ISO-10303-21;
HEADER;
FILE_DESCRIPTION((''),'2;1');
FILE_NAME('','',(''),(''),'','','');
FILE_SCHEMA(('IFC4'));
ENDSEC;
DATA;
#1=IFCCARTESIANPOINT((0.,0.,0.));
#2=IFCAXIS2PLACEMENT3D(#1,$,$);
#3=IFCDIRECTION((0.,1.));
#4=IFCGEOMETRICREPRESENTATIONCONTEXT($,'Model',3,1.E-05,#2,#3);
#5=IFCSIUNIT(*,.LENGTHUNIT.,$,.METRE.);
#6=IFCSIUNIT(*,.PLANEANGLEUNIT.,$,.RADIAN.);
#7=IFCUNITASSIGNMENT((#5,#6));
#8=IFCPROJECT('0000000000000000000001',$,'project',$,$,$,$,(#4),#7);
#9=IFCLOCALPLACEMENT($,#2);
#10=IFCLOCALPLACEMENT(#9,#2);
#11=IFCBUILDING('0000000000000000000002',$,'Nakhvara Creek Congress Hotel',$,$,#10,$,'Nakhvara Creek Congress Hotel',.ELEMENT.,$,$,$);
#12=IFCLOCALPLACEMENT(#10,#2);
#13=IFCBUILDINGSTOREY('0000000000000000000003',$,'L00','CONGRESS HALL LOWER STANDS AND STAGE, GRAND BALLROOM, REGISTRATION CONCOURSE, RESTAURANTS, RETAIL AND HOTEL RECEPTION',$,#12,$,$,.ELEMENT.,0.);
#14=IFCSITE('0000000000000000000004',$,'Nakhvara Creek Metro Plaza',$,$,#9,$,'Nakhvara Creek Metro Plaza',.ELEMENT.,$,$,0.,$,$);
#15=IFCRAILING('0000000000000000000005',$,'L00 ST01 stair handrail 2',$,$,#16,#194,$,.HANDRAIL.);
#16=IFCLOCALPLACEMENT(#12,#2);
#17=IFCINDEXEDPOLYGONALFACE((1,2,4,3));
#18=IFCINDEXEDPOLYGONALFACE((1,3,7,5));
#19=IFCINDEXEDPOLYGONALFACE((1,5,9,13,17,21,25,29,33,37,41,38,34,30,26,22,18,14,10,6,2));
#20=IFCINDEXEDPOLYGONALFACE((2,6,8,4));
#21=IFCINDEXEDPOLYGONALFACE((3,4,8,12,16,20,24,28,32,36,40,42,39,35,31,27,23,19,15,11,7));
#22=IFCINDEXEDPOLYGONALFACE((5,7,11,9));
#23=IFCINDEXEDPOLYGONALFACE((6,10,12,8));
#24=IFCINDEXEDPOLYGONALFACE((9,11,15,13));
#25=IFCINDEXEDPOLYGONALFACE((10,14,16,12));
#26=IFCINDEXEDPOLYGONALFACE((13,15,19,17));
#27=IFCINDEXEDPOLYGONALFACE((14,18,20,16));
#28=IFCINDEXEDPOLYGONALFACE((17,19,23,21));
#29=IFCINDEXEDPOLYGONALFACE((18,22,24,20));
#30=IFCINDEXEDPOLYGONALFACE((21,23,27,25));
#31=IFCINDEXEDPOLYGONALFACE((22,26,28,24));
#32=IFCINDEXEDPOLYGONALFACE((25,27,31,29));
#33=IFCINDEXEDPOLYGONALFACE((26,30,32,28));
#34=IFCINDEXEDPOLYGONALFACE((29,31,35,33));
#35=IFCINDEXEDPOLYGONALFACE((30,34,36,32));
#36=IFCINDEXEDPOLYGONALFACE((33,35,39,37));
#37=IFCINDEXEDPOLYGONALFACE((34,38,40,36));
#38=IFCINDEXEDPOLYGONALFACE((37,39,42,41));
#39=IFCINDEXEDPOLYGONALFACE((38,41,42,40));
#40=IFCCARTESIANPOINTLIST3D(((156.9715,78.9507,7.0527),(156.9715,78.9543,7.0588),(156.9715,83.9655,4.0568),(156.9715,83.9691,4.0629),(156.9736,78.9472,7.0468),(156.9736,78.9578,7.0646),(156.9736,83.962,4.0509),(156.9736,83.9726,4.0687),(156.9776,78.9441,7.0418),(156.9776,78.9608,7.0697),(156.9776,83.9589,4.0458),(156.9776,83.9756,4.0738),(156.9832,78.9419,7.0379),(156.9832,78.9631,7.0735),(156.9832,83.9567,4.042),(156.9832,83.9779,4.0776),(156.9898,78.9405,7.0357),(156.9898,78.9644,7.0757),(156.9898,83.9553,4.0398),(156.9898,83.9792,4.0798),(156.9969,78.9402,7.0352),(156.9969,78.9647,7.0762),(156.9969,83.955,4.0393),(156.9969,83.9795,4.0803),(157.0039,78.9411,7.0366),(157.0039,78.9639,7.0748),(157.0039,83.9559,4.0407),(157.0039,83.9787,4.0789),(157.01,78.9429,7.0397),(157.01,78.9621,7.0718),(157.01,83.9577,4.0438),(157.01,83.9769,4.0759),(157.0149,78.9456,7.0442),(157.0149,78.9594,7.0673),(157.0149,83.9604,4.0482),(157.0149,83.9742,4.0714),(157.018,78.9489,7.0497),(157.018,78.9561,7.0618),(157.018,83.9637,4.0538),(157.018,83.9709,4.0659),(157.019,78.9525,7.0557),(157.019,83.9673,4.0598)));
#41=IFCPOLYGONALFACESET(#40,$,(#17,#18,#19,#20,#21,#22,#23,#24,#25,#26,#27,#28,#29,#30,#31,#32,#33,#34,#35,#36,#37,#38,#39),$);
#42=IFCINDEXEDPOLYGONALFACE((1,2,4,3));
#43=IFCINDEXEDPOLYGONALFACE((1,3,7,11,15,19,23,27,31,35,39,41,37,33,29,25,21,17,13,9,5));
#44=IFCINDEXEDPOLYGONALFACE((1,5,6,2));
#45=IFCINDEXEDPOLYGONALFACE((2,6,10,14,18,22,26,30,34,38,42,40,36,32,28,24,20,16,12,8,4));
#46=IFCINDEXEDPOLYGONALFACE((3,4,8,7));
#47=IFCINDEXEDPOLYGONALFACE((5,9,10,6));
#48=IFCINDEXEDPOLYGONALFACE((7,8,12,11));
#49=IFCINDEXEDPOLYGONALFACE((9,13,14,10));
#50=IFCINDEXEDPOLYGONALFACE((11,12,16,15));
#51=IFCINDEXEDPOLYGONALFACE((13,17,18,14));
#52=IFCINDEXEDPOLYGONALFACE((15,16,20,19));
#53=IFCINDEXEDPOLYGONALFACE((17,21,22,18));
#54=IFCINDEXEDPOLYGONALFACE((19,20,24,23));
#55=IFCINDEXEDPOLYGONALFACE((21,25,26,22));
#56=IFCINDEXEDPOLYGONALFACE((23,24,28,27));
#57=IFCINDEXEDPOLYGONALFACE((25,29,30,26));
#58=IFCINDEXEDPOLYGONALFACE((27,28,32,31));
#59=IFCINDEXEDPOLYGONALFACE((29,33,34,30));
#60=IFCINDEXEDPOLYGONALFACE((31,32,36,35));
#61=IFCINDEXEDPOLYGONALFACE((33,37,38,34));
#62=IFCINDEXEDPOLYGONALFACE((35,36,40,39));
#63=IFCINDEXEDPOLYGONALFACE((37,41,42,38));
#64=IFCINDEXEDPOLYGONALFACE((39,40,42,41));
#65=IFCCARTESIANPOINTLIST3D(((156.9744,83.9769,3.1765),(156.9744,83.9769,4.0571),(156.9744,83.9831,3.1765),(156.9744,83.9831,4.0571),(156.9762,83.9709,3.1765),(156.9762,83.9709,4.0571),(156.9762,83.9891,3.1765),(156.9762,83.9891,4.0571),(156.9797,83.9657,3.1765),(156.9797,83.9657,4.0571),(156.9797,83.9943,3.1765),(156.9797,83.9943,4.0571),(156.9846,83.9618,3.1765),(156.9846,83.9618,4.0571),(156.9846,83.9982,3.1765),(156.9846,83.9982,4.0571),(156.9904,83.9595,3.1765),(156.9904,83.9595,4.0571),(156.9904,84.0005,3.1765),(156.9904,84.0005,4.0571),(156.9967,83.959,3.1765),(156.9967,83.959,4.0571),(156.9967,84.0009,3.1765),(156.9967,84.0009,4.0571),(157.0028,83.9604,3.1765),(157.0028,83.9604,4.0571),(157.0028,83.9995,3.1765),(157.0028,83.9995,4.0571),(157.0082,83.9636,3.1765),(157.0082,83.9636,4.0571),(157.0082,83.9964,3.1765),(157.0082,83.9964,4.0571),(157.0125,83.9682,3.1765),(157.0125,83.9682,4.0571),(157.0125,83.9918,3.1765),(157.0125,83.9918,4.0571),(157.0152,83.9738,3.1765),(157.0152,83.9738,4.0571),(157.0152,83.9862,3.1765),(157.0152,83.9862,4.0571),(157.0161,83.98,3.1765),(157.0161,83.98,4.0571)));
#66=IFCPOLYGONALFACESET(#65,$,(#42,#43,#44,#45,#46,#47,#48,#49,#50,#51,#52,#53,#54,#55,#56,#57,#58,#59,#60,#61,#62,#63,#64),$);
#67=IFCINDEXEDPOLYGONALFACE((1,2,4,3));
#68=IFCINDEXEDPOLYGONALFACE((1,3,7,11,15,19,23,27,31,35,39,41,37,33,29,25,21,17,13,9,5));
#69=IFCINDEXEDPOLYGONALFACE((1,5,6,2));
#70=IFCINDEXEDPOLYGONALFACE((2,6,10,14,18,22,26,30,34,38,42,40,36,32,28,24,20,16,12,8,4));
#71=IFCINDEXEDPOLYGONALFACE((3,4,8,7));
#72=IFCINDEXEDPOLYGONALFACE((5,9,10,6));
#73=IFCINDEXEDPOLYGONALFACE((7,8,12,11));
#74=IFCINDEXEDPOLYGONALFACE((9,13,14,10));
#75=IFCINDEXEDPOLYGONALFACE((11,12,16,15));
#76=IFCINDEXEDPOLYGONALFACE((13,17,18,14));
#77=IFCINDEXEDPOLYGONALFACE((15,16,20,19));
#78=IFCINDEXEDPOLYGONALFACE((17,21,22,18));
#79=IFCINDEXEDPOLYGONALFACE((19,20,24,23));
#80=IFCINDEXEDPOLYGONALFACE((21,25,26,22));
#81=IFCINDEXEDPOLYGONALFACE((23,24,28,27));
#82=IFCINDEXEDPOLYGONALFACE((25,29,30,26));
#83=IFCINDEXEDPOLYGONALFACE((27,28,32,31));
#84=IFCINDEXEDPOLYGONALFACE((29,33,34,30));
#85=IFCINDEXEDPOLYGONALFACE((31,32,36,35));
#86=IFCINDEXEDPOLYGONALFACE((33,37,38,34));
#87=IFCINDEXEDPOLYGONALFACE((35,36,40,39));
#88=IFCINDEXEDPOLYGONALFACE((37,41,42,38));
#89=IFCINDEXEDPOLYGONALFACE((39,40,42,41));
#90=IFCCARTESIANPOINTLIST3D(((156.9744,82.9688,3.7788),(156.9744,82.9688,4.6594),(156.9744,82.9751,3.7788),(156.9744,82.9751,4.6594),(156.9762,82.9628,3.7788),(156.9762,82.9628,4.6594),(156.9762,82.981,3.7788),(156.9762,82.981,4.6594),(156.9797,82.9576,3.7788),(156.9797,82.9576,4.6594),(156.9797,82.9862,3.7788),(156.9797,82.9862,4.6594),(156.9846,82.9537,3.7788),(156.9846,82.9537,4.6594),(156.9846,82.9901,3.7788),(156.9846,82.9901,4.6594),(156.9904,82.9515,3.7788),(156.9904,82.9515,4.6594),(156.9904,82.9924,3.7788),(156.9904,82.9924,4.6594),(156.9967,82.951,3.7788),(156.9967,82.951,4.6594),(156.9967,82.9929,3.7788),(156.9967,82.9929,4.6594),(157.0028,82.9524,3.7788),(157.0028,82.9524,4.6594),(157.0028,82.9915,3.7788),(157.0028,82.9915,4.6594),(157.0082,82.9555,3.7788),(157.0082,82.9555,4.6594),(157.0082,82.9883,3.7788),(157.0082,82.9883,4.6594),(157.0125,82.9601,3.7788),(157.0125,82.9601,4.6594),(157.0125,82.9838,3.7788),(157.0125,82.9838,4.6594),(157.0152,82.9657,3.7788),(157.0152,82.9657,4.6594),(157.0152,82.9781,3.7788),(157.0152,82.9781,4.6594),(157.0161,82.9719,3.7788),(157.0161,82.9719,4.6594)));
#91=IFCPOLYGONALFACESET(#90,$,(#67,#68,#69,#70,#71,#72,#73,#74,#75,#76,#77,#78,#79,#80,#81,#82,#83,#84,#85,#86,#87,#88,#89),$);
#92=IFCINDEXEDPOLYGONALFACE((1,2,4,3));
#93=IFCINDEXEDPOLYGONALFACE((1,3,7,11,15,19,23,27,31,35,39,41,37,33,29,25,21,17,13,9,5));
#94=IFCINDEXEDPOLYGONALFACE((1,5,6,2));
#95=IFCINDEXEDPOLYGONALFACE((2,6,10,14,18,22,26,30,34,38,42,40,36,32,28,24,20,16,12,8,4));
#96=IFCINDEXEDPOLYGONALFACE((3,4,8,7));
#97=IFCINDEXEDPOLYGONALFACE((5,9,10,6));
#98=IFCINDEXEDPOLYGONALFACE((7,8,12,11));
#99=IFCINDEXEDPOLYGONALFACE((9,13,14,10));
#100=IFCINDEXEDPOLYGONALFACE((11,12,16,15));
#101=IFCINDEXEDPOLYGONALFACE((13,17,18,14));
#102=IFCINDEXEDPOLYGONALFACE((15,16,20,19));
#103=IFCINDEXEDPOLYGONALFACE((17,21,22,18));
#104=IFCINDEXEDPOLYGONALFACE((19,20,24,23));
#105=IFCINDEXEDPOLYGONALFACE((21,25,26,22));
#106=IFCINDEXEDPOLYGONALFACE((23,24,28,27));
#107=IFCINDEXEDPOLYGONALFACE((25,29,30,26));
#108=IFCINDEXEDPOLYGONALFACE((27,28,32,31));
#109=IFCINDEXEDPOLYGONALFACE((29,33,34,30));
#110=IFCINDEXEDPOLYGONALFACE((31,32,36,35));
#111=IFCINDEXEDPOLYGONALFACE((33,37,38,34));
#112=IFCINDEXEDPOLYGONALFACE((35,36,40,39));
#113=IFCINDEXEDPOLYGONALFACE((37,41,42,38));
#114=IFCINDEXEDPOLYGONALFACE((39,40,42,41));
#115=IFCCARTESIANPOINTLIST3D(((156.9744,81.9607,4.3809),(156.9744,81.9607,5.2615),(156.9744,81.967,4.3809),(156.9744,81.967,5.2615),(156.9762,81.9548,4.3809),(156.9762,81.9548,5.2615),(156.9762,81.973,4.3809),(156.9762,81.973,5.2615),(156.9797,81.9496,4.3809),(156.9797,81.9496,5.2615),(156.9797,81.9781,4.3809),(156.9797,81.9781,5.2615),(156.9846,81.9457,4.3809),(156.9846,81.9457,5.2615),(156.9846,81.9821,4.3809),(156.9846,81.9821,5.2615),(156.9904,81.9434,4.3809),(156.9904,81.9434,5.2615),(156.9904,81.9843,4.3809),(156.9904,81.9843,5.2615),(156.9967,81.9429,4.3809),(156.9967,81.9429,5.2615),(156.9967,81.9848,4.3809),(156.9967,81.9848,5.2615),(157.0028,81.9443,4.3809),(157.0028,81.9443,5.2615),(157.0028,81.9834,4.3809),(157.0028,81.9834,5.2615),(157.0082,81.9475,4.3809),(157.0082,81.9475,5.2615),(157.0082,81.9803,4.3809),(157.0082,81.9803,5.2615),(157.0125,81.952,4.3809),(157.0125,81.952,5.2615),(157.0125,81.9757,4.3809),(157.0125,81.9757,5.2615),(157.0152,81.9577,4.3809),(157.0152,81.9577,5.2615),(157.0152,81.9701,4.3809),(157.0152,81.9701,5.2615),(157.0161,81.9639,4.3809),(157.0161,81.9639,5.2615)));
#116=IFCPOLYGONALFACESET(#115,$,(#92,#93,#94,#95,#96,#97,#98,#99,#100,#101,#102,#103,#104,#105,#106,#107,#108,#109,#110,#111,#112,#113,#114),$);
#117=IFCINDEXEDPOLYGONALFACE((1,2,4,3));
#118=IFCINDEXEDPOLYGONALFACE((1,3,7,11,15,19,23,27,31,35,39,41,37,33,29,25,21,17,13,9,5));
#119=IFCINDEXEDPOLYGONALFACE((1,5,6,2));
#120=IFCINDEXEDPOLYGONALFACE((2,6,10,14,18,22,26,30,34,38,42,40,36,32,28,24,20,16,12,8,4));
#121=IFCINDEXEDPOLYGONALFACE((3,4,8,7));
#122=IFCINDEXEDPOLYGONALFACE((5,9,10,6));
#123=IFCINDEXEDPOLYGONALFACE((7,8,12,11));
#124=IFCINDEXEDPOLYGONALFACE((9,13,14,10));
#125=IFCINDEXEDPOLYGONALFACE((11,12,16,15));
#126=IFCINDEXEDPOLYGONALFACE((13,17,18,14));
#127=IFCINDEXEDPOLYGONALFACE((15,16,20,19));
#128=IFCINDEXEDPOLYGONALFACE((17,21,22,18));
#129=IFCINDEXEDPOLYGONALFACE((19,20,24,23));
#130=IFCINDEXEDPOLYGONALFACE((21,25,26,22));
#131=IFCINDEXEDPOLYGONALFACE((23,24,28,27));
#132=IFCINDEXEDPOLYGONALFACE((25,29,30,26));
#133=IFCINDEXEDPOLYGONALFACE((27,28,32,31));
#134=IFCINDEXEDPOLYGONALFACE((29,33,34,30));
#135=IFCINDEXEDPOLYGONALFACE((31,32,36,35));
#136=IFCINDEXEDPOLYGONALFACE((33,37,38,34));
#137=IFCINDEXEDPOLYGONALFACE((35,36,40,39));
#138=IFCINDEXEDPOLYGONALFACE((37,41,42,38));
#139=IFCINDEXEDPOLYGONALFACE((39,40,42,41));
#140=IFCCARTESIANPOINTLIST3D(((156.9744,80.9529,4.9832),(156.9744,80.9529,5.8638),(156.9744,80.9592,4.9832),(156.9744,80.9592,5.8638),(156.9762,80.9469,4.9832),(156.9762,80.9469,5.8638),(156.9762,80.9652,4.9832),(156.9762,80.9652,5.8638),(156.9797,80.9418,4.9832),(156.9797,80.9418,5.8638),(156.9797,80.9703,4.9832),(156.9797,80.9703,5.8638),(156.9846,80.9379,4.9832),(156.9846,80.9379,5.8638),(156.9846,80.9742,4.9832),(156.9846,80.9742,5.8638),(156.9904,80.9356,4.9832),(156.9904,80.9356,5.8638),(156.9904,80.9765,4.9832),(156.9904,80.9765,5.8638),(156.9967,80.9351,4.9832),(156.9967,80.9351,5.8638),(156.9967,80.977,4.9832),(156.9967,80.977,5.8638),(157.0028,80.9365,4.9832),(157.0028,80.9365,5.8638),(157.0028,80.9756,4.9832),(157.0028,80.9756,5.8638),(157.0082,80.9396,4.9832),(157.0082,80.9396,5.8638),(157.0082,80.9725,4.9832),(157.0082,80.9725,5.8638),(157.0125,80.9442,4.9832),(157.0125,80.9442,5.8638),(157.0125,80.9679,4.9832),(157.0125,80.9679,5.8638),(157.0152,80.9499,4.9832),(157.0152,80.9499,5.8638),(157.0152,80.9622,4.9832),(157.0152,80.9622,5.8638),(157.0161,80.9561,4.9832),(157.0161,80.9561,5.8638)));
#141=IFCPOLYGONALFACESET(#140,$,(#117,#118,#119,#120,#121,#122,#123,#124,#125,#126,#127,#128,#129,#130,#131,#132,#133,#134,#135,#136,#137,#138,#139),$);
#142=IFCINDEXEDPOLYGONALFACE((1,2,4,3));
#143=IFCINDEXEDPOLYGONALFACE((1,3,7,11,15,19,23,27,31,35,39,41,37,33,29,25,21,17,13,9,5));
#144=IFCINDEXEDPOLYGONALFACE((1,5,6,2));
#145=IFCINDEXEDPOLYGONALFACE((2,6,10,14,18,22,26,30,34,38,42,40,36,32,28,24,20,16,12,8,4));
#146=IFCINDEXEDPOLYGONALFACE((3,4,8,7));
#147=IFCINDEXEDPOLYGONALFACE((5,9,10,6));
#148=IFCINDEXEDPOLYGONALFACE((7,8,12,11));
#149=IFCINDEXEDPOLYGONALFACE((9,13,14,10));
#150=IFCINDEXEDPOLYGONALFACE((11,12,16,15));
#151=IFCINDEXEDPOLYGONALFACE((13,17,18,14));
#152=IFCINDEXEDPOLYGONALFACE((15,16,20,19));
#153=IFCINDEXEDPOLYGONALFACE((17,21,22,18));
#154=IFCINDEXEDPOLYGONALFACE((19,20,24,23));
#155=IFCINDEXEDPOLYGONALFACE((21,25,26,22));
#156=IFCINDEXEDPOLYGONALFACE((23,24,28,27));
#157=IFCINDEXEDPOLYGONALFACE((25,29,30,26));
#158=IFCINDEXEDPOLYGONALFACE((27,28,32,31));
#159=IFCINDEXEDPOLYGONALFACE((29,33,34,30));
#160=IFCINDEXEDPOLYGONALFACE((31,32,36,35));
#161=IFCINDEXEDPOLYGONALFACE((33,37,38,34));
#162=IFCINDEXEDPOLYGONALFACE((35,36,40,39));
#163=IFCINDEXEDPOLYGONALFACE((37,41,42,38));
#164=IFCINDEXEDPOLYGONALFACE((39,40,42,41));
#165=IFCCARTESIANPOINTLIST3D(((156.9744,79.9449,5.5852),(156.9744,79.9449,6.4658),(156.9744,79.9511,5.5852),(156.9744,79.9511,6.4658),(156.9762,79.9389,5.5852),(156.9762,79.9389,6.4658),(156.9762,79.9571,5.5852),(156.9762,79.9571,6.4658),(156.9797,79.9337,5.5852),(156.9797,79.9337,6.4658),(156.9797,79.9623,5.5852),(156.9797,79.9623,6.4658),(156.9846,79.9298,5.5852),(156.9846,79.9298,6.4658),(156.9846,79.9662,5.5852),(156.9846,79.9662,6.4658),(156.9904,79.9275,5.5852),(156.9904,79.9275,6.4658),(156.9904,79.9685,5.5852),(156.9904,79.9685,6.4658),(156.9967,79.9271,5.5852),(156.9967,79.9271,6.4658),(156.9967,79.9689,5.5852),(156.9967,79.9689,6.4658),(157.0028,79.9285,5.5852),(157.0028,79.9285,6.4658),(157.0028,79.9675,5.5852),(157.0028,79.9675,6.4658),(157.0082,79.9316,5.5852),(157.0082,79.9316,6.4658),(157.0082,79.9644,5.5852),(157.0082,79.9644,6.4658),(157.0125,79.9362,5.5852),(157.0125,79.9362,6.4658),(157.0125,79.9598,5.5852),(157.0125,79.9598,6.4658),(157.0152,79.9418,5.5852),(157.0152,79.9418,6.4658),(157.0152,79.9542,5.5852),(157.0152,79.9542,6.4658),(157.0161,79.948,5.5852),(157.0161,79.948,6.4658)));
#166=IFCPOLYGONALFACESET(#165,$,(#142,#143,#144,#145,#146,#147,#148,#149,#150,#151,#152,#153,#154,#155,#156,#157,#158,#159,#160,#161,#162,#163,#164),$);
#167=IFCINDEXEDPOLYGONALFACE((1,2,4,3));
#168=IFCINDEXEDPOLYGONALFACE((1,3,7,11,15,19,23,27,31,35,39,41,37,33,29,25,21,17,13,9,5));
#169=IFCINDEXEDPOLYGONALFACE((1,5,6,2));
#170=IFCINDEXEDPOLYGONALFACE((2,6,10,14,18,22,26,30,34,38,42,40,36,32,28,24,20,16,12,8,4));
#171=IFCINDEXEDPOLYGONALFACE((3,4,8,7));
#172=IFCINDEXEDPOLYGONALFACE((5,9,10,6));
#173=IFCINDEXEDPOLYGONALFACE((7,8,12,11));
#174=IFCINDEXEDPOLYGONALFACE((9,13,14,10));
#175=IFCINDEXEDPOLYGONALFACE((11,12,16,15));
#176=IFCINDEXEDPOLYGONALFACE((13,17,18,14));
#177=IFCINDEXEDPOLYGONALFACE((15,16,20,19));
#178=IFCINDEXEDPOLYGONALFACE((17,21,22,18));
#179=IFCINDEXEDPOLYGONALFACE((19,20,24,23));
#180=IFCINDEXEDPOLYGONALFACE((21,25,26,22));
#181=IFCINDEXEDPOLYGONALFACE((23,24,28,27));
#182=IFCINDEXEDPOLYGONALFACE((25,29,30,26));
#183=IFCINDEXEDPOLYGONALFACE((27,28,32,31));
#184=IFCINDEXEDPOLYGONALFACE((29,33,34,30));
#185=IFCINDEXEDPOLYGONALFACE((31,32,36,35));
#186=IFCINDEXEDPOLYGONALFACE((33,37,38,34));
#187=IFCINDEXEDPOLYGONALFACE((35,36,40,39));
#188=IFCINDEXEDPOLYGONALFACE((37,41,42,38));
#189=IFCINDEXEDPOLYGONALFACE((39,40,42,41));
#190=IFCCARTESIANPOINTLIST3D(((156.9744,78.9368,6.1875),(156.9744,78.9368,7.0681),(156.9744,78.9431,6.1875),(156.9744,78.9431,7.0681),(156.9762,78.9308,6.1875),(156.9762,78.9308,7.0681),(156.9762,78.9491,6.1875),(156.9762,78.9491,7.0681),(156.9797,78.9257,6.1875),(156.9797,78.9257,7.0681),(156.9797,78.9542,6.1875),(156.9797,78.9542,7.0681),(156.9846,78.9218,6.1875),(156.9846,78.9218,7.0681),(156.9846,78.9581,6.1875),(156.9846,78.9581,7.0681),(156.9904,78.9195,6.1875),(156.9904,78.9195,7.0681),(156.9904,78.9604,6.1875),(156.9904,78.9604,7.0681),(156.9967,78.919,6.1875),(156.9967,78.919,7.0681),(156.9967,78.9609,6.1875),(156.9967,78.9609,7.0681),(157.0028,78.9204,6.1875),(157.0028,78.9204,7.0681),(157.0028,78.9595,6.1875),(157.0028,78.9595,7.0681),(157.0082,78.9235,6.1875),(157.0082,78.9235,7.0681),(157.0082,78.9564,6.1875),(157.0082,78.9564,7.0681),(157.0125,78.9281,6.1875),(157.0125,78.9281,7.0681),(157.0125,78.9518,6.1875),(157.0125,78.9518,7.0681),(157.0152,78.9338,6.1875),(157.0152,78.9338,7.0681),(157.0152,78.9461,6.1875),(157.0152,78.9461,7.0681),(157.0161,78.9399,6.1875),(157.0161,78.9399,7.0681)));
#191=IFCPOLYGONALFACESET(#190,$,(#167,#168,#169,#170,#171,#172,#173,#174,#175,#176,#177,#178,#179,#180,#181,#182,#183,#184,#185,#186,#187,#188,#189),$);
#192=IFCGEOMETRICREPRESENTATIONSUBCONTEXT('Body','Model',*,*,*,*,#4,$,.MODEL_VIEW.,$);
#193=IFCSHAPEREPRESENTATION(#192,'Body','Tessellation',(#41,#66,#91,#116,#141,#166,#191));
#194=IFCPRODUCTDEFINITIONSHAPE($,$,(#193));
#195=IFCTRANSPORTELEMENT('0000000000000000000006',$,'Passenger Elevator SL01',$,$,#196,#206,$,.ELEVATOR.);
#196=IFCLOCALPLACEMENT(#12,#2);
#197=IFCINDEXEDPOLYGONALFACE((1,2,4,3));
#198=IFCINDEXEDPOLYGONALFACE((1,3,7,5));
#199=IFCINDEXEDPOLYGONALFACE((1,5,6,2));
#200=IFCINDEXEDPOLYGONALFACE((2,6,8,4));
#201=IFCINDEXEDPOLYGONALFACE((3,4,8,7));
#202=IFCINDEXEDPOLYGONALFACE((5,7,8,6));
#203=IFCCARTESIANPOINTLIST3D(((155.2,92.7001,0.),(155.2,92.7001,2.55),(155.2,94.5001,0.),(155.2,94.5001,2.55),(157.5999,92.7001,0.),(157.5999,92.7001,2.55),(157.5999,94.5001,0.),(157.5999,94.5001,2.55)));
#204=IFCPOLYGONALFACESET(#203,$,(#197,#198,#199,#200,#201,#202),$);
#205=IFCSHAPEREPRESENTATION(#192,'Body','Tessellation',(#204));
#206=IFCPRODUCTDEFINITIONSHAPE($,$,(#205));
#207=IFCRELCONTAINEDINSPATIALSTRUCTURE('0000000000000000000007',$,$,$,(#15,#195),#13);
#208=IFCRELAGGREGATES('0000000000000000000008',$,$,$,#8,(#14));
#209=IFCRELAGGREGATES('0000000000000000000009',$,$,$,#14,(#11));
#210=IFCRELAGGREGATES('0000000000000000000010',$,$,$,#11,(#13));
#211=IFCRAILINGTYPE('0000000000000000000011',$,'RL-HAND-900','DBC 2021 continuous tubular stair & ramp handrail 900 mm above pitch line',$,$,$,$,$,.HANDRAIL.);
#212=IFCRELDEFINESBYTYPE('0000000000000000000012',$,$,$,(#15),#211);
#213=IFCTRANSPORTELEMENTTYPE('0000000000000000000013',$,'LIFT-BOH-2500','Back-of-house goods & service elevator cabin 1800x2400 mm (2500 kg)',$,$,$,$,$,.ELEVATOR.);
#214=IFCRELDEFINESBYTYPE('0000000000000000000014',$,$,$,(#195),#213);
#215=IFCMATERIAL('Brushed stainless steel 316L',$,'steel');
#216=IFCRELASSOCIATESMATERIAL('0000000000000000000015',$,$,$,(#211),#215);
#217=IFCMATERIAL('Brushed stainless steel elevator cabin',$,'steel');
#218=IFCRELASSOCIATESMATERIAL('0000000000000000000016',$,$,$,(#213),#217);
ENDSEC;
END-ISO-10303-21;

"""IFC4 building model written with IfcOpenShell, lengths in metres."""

from ifc_helpers import new_model, si_unit, direction, frame, origin, origin_2d, place, context, subcontext, project, spatial, rectangle, circle, extrude, material, type_object, element, save


model = new_model("IFC4")

# Units and contexts
model_context = context("Model", 3, precision=1e-05, world=origin(), true_north=direction((0.0, 1.0)))
body_context = subcontext(model_context, "Body", "Model", "MODEL_VIEW")
ifc_project = project(units=[si_unit("LENGTHUNIT", "METRE"), si_unit("PLANEANGLEUNIT", "RADIAN")], contexts=[model_context])

# Site, building, storey
site_placement = place(None, origin())
site = spatial("IfcSite", under=ifc_project, at=site_placement, Name="Nakhvara Creek Metro Plaza", LongName="Nakhvara Creek Metro Plaza", CompositionType="ELEMENT", RefElevation=0.0)
building_placement = place(site_placement, origin())
building = spatial("IfcBuilding", under=site, at=building_placement, Name="Nakhvara Creek Congress Hotel", LongName="Nakhvara Creek Congress Hotel", CompositionType="ELEMENT")
storey_placement = place(building_placement, origin())
storey = spatial("IfcBuildingStorey", under=building, at=storey_placement, Name="L00", Description="CONGRESS HALL LOWER STANDS AND STAGE, GRAND BALLROOM, REGISTRATION CONCOURSE, RESTAURANTS, RETAIL AND HOTEL RECEPTION", CompositionType="ELEMENT", Elevation=0.0)

# Railing
ifc_material_1 = material(Name="Brushed stainless steel 316L", Category="steel")
railing_type_1 = type_object("IfcRailingType", Name="RL-HAND-900", Description="DBC 2021 continuous tubular stair & ramp handrail 900 mm above pitch line", PredefinedType="HANDRAIL", material=ifc_material_1)
railing_1_placement = place(storey_placement, frame((156.9951, 83.98, 3.1765)))
element("IfcRailing", 1, at=railing_1_placement, inside=storey, type_object=railing_type_1, Name="L00 ST01 stair handrail 2", PredefinedType="HANDRAIL", context=body_context, shape_type="SweptSolid", body=[
    extrude(circle(Radius=0.0239, at=origin_2d()), frame((0.0, -0.0127, 0.8833), z_axis=(0.0, -0.858471, 0.512862), x_axis=(1.0, 0.0, 0.0)), (0.0, 0.0, 1.0), 5.8416),
    extrude(circle(Radius=0.021, at=origin_2d()), origin(), (0.0, 0.0, 1.0), 0.8806),
    extrude(circle(Radius=0.021, at=origin_2d()), frame((0.0, -1.0081, 0.6023)), (0.0, 0.0, 1.0), 0.8806),
    extrude(circle(Radius=0.021, at=origin_2d()), frame((0.0, -2.0161, 1.2043)), (0.0, 0.0, 1.0), 0.8806),
    extrude(circle(Radius=0.021, at=origin_2d()), frame((0.0, -3.0239, 1.8066)), (0.0, 0.0, 1.0), 0.8806),
    extrude(circle(Radius=0.021, at=origin_2d()), frame((0.0, -4.032, 2.4087)), (0.0, 0.0, 1.0), 0.8806),
    extrude(circle(Radius=0.021, at=origin_2d()), frame((0.0, -5.04, 3.011)), (0.0, 0.0, 1.0), 0.8806),
])

# Transport element
ifc_material_2 = material(Name="Brushed stainless steel elevator cabin", Category="steel")
transport_element_type_1 = type_object("IfcTransportElementType", Name="LIFT-BOH-2500", Description="Back-of-house goods & service elevator cabin 1800x2400 mm (2500 kg)", PredefinedType="ELEVATOR", material=ifc_material_2)
transport_element_1_placement = place(storey_placement, frame((156.3999, 93.6001, 0.0), z_axis=(0.0, 0.0, 1.0), x_axis=(0.0, 1.0, 0.0)))
element("IfcTransportElement", 2, at=transport_element_1_placement, inside=storey, type_object=transport_element_type_1, Name="Passenger Elevator SL01", PredefinedType="ELEVATOR", context=body_context, shape_type="SweptSolid", body=[
    extrude(rectangle(XDim=1.8, YDim=2.3999, at=origin_2d()), origin(), (0.0, 0.0, 1.0), 2.55),
])

save(model, "model.ifc")
